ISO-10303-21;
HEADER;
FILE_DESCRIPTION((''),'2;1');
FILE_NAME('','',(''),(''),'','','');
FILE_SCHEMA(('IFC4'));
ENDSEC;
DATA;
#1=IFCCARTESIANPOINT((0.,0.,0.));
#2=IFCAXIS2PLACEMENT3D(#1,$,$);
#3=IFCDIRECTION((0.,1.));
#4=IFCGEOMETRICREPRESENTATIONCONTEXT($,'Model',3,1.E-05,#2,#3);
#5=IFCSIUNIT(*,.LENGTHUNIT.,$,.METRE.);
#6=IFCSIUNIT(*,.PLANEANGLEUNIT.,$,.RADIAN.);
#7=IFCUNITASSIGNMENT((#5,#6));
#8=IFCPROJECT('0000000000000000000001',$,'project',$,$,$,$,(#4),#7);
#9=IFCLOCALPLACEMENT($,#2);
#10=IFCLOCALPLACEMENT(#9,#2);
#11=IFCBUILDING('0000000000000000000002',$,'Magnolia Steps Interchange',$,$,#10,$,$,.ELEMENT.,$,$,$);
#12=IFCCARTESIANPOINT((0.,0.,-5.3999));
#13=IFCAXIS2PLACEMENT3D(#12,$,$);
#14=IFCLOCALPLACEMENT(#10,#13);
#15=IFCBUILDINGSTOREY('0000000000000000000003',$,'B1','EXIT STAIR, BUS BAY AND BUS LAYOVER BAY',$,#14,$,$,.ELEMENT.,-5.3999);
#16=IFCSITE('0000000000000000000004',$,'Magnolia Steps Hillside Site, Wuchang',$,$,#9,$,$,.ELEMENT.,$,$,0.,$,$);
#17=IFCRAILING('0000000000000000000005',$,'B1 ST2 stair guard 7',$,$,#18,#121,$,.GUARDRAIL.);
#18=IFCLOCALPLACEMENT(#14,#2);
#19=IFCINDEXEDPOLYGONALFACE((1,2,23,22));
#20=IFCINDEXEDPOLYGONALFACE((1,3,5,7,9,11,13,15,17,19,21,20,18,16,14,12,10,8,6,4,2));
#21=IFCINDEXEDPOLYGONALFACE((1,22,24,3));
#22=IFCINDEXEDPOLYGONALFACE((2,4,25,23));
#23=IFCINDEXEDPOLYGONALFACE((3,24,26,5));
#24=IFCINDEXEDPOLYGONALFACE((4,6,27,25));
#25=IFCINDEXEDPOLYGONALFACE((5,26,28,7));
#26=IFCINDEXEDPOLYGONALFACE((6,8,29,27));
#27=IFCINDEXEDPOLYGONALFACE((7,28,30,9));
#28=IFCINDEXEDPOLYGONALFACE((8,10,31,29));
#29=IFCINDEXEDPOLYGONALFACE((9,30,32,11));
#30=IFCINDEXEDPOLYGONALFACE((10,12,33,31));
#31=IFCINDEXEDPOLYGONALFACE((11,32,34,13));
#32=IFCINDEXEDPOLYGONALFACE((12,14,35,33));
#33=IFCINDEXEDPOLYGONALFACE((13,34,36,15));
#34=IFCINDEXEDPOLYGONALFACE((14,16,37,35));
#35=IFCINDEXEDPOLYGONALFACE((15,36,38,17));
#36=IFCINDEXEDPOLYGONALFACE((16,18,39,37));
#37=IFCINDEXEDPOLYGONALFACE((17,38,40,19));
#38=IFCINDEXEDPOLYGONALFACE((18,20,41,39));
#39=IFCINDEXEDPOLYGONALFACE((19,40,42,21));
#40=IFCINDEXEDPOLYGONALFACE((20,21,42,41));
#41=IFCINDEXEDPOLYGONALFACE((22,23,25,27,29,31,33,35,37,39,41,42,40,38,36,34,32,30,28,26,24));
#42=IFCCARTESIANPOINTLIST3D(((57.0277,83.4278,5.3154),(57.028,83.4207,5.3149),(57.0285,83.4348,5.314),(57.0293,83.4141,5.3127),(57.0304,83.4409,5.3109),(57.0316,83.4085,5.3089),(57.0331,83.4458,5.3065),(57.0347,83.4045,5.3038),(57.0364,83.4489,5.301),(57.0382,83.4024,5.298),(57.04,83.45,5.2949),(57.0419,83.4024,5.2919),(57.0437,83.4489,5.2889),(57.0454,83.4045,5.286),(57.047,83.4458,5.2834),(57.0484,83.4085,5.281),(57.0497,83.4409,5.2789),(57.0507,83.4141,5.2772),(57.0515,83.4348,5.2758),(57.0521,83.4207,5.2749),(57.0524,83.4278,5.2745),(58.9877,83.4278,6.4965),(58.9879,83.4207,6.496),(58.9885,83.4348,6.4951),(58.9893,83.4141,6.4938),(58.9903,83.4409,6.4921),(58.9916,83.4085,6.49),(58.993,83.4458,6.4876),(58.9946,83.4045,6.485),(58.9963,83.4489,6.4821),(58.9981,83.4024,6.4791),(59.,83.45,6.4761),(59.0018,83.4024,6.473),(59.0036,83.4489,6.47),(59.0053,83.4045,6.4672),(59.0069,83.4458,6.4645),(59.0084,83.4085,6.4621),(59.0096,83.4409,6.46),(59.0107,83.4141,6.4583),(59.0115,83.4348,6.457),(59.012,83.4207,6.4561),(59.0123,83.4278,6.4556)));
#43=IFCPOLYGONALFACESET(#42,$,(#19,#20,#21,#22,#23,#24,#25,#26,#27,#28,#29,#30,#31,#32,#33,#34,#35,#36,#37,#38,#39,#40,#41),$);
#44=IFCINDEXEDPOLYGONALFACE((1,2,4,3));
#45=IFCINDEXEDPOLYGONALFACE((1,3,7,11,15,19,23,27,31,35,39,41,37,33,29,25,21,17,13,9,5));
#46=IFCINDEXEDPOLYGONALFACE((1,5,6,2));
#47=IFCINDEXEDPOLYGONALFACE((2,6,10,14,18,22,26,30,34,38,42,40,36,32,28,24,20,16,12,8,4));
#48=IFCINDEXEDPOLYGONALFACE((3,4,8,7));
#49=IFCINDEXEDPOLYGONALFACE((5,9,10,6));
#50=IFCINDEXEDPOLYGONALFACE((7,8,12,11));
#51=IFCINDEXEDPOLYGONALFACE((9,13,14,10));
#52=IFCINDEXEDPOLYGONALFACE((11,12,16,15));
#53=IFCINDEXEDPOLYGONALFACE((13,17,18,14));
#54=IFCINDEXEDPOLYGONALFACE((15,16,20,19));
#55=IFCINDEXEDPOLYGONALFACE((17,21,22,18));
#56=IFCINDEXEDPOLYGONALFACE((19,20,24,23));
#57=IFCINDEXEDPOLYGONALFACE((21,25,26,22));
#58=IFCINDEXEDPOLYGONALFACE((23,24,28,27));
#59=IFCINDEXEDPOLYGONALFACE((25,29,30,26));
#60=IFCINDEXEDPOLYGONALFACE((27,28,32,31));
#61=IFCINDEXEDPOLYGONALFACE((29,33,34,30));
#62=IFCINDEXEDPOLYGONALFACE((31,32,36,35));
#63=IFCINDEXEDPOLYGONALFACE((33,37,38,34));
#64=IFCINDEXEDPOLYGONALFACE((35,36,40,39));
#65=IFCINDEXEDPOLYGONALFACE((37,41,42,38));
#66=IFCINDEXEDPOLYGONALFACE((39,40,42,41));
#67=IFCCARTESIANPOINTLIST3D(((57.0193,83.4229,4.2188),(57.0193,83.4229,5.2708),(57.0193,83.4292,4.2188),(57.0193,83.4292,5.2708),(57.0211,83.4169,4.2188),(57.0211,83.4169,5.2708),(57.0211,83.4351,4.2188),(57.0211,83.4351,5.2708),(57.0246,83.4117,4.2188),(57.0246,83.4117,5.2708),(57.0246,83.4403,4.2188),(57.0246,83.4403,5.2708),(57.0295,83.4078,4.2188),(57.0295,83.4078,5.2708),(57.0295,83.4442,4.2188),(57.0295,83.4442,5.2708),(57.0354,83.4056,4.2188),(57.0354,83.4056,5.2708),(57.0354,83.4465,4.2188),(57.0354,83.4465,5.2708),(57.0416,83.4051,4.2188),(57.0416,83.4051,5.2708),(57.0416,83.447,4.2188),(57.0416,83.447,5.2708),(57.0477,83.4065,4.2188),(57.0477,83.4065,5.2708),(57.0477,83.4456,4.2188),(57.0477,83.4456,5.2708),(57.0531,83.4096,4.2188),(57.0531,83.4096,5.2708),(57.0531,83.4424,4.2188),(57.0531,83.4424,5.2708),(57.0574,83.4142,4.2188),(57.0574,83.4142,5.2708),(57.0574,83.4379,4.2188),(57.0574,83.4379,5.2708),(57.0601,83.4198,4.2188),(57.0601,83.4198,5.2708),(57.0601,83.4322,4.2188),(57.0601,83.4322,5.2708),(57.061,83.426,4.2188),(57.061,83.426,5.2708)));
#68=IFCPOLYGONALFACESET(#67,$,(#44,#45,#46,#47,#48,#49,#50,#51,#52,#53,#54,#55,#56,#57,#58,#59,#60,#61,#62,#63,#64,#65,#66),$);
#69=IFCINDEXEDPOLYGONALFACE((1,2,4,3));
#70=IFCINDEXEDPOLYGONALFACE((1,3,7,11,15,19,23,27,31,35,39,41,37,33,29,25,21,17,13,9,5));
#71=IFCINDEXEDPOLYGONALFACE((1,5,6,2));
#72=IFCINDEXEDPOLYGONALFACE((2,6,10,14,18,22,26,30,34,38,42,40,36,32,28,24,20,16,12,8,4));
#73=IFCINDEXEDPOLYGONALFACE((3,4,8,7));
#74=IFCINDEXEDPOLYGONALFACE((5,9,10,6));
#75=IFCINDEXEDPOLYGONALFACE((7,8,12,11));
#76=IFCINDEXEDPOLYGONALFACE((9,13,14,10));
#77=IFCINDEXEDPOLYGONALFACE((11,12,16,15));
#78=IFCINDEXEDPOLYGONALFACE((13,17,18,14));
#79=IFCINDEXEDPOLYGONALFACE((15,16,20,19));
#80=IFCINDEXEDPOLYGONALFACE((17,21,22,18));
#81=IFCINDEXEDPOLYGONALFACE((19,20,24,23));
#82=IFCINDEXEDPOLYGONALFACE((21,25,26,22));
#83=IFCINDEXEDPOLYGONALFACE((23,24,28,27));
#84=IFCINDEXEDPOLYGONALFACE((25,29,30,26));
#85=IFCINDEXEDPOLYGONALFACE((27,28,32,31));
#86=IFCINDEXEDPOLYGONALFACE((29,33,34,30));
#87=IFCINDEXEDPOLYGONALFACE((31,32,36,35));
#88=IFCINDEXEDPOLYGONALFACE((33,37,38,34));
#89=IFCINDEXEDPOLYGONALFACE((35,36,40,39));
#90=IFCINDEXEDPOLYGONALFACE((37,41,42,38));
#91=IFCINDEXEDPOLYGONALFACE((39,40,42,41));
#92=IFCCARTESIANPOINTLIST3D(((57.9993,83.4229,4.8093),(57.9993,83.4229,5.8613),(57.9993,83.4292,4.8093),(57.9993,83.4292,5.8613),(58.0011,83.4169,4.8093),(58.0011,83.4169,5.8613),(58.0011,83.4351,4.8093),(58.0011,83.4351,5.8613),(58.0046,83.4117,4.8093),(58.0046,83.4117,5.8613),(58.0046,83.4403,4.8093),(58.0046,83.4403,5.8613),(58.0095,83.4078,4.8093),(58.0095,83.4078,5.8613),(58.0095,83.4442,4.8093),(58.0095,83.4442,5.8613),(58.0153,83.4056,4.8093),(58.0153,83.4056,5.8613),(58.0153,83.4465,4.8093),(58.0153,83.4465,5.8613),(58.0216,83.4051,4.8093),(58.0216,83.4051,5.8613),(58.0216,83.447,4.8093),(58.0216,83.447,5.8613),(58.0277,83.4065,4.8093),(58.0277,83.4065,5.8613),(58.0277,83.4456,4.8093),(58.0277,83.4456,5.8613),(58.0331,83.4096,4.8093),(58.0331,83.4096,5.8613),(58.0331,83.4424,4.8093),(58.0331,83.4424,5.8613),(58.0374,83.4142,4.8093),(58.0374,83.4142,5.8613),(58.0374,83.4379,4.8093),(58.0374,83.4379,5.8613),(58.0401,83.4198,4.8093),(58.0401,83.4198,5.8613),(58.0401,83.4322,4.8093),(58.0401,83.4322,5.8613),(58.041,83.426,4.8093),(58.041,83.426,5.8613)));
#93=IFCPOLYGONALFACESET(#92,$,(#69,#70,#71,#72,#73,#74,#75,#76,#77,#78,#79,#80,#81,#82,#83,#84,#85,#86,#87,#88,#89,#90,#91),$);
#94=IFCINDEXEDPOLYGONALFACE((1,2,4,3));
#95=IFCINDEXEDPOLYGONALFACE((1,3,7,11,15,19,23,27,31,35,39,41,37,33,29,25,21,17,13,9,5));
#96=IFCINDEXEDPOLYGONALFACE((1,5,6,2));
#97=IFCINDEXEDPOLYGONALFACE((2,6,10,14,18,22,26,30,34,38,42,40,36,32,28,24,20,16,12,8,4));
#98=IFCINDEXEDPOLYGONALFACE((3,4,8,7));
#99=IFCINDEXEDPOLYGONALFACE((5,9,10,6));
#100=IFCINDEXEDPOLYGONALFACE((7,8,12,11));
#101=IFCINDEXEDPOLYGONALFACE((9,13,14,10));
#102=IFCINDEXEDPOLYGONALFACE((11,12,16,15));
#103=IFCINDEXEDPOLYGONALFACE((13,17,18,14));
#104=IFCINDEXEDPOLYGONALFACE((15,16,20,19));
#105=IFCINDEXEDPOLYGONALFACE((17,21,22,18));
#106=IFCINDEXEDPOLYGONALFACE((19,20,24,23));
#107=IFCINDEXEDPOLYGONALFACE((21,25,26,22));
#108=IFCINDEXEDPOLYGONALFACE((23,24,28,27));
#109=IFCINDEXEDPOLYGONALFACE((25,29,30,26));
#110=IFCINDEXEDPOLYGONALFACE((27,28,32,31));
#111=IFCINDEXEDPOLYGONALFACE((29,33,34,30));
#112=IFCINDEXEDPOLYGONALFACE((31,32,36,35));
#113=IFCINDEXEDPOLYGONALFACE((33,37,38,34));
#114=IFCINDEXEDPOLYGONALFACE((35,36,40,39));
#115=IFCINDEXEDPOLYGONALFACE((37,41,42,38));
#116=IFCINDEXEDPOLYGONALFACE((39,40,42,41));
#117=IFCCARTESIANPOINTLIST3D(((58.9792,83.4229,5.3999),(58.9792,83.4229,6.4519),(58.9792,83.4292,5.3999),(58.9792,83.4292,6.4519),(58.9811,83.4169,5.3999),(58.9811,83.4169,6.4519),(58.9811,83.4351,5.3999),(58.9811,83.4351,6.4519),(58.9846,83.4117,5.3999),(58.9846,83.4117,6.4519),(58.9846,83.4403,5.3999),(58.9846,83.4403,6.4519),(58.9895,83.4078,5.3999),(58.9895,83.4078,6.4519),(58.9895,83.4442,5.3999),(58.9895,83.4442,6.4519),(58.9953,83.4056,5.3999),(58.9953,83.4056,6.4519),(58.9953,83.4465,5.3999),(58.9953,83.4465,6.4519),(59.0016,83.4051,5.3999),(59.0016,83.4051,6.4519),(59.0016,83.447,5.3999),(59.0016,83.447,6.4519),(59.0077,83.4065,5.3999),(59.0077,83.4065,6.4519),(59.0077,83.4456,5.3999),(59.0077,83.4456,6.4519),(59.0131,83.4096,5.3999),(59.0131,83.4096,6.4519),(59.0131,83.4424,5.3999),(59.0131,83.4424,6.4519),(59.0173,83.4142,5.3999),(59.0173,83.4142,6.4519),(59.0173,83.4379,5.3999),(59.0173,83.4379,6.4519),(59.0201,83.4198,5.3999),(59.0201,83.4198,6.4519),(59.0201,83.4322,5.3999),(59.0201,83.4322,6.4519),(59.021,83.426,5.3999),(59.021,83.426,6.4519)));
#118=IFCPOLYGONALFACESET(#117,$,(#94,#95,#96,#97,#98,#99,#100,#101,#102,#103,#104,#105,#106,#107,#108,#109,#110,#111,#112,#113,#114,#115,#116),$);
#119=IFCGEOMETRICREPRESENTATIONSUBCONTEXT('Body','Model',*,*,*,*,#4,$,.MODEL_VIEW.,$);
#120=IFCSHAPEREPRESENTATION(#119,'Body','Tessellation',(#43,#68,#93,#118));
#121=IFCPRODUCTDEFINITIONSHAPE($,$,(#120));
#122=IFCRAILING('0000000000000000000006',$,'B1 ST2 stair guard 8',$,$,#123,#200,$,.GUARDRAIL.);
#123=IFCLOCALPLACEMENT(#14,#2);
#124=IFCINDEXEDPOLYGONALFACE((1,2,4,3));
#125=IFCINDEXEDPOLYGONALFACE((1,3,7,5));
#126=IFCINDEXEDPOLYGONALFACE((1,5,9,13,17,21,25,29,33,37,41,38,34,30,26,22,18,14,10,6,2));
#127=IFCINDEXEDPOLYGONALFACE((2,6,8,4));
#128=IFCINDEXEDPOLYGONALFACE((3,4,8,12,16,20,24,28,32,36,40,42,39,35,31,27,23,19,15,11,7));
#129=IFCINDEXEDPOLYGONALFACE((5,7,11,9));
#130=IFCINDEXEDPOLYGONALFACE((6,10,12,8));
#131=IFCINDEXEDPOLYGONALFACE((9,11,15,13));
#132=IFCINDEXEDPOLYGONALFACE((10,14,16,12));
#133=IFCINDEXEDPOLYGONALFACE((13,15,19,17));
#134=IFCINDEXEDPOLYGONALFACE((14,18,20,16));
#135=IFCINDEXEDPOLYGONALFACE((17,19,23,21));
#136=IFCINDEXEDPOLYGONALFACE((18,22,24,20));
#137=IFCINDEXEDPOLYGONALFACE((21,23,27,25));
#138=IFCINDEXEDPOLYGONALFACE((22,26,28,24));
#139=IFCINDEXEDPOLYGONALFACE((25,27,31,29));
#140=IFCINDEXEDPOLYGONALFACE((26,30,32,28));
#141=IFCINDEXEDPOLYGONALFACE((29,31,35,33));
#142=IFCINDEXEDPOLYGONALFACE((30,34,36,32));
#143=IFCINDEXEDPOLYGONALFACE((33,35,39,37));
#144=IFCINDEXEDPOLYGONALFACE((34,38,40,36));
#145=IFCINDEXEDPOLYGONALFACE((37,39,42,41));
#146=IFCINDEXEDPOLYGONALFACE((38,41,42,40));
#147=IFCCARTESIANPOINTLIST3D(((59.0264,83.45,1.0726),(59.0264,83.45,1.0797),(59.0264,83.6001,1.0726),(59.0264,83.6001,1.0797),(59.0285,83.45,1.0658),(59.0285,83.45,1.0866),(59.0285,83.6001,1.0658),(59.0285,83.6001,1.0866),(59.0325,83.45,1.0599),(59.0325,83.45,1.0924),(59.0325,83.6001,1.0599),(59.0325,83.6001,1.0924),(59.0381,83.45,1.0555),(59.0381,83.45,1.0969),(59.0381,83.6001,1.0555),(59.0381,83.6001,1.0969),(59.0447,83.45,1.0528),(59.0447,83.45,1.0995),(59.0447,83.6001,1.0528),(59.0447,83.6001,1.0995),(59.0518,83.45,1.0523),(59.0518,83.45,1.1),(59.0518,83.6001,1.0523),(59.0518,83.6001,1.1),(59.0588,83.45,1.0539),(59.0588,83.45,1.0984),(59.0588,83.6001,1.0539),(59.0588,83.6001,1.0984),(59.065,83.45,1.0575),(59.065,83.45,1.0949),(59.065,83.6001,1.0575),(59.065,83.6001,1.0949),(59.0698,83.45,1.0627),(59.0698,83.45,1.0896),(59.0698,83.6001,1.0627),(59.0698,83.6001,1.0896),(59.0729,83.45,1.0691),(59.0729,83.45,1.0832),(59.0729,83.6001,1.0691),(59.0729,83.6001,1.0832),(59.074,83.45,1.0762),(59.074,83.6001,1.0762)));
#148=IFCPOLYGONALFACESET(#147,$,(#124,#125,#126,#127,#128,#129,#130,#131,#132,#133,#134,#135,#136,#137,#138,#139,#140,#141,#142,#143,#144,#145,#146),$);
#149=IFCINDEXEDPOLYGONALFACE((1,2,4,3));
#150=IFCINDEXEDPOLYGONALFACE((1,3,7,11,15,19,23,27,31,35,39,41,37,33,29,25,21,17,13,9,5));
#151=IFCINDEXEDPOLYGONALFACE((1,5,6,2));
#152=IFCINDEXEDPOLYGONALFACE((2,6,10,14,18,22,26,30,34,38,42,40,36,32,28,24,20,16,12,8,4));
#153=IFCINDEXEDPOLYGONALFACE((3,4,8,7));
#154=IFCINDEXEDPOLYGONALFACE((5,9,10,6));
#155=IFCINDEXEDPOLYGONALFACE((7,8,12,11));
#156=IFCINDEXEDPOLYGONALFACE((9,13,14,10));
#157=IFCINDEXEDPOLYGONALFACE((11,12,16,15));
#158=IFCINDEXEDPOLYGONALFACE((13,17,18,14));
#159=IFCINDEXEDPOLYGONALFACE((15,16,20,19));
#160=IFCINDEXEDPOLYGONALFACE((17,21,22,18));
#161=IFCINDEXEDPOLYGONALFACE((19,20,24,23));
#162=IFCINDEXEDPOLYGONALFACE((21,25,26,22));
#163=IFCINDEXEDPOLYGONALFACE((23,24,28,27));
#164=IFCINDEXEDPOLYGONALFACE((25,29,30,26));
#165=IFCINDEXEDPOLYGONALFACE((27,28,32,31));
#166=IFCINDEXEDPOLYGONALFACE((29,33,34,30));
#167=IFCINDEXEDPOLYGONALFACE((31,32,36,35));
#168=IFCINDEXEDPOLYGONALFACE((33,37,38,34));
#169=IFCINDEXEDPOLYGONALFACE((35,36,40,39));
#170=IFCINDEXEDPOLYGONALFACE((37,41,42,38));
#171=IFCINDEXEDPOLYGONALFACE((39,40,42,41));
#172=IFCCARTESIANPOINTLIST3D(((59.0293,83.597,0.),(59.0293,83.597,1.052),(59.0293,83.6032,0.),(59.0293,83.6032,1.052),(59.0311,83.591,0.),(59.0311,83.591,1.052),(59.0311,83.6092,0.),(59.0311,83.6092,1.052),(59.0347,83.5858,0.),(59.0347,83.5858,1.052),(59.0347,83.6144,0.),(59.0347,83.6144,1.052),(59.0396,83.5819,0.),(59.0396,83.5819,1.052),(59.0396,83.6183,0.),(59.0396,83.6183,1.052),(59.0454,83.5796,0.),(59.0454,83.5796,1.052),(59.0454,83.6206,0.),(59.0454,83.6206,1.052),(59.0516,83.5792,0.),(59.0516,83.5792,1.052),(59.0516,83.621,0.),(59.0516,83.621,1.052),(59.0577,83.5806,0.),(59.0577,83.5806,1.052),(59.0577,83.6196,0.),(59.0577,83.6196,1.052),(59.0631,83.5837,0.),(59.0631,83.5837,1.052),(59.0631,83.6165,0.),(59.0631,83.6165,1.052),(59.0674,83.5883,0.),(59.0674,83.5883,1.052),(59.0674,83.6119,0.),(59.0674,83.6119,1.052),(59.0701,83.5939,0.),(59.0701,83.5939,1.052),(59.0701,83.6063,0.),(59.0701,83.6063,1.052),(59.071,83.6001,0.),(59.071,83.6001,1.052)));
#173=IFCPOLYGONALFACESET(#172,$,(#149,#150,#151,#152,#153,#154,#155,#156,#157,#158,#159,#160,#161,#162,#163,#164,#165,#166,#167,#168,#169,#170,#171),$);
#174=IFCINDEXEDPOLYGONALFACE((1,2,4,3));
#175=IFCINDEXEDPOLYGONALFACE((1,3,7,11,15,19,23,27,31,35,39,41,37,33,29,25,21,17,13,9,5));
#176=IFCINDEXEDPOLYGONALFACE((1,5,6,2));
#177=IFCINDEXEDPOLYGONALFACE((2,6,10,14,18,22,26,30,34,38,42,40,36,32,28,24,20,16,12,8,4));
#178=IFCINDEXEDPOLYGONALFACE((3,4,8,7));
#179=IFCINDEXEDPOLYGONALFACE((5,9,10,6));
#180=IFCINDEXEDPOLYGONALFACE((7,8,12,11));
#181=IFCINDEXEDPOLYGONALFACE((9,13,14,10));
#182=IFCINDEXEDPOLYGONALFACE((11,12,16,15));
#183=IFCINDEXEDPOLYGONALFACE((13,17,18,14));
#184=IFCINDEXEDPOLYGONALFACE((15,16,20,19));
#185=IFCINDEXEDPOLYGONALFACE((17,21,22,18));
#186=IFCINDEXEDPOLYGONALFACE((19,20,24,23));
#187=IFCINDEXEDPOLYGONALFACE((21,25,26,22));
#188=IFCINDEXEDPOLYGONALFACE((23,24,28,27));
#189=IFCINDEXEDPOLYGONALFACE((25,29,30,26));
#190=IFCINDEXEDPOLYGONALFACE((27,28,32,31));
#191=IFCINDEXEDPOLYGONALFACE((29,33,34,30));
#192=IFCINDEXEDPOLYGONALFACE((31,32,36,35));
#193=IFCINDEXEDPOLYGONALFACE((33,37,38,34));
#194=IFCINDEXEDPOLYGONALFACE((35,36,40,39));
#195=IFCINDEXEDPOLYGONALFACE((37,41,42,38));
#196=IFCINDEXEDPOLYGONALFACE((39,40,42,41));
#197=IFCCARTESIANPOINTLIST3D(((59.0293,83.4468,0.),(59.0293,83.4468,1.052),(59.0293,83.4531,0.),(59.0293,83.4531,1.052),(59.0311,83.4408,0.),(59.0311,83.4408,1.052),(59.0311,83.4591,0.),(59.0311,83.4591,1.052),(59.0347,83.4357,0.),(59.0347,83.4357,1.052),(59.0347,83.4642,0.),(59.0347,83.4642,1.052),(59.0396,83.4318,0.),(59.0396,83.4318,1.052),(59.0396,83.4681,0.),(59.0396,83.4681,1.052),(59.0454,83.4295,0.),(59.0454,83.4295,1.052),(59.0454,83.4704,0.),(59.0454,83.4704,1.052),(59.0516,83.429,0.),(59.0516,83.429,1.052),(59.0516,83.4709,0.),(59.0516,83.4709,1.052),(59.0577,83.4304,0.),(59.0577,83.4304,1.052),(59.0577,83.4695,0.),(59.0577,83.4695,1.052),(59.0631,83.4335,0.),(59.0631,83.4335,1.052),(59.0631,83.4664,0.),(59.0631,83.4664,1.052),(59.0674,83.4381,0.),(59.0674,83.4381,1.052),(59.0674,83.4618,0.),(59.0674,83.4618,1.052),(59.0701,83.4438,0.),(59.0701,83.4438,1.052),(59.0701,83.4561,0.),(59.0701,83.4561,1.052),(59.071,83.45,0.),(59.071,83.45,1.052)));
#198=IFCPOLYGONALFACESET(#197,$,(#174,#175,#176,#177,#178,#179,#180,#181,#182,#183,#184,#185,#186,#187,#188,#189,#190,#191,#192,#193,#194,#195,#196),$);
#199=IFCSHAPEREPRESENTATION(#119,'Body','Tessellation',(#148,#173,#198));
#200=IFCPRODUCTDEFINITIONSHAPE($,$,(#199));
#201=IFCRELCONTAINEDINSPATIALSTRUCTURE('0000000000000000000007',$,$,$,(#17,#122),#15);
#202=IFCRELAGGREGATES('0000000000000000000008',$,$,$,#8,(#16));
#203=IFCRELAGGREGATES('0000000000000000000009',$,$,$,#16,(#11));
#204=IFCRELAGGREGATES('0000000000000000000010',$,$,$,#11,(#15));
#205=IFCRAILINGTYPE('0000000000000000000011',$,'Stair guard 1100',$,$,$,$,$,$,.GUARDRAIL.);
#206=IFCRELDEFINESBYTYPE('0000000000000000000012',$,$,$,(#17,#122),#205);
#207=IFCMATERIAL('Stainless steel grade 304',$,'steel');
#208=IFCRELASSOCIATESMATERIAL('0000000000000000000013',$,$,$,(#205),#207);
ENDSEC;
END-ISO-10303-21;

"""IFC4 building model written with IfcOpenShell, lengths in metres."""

from ifc_helpers import new_model, si_unit, direction, frame, origin, origin_2d, place, context, subcontext, project, spatial, circle, extrude, material, type_object, element, save


model = new_model("IFC4")

# Units and contexts
model_context = context("Model", 3, precision=1e-05, world=origin(), true_north=direction((0.0, 1.0)))
body_context = subcontext(model_context, "Body", "Model", "MODEL_VIEW")
ifc_project = project(units=[si_unit("LENGTHUNIT", "METRE"), si_unit("PLANEANGLEUNIT", "RADIAN")], contexts=[model_context])

# Site, building, storey
site_placement = place(None, origin())
site = spatial("IfcSite", under=ifc_project, at=site_placement, Name="Magnolia Steps Hillside Site, Wuchang", CompositionType="ELEMENT", RefElevation=0.0)
building_placement = place(site_placement, origin())
building = spatial("IfcBuilding", under=site, at=building_placement, Name="Magnolia Steps Interchange", CompositionType="ELEMENT")
storey_placement = place(building_placement, frame((0.0, 0.0, -5.3999)))
storey = spatial("IfcBuildingStorey", under=building, at=storey_placement, Name="B1", Description="EXIT STAIR, BUS BAY AND BUS LAYOVER BAY", CompositionType="ELEMENT", Elevation=-5.3999)

# Railings
ifc_material_1 = material(Name="Stainless steel grade 304", Category="steel")
railing_type_1 = type_object("IfcRailingType", Name="Stair guard 1100", PredefinedType="GUARDRAIL", material=ifc_material_1)
railing_1_placement = place(storey_placement, frame((57.04, 83.426, 4.2188)))
element("IfcRailing", 1, at=railing_1_placement, inside=storey, type_object=railing_type_1, Name="B1 ST2 stair guard 7", PredefinedType="GUARDRAIL", context=body_context, shape_type="SweptSolid", body=[
    extrude(circle(Radius=0.0239, at=origin_2d()), frame((0.0, 0.0, 1.0762), z_axis=(0.856493, 0.0, 0.516158), x_axis=(0.0, 1.0, 0.0)), (0.0, 0.0, 1.0), 2.2883),
    extrude(circle(Radius=0.021, at=origin_2d()), origin(), (0.0, 0.0, 1.0), 1.052),
    extrude(circle(Radius=0.021, at=origin_2d()), frame((0.98, 0.0, 0.5906)), (0.0, 0.0, 1.0), 1.052),
    extrude(circle(Radius=0.021, at=origin_2d()), frame((1.96, 0.0, 1.1812)), (0.0, 0.0, 1.0), 1.052),
])
railing_2_placement = place(storey_placement, frame((59.05, 83.6001, 0.0)))
element("IfcRailing", 2, at=railing_2_placement, inside=storey, type_object=railing_type_1, Name="B1 ST2 stair guard 8", PredefinedType="GUARDRAIL", context=body_context, shape_type="SweptSolid", body=[
    extrude(circle(Radius=0.0239, at=origin_2d()), frame((0.0, 0.0, 1.0762), z_axis=(0.0, -1.0, 0.0), x_axis=(1.0, 0.0, 0.0)), (0.0, 0.0, 1.0), 0.1501),
    extrude(circle(Radius=0.021, at=origin_2d()), origin(), (0.0, 0.0, 1.0), 1.052),
    extrude(circle(Radius=0.021, at=origin_2d()), frame((0.0, -0.1501, 0.0)), (0.0, 0.0, 1.0), 1.052),
])

save(model, "model.ifc")
